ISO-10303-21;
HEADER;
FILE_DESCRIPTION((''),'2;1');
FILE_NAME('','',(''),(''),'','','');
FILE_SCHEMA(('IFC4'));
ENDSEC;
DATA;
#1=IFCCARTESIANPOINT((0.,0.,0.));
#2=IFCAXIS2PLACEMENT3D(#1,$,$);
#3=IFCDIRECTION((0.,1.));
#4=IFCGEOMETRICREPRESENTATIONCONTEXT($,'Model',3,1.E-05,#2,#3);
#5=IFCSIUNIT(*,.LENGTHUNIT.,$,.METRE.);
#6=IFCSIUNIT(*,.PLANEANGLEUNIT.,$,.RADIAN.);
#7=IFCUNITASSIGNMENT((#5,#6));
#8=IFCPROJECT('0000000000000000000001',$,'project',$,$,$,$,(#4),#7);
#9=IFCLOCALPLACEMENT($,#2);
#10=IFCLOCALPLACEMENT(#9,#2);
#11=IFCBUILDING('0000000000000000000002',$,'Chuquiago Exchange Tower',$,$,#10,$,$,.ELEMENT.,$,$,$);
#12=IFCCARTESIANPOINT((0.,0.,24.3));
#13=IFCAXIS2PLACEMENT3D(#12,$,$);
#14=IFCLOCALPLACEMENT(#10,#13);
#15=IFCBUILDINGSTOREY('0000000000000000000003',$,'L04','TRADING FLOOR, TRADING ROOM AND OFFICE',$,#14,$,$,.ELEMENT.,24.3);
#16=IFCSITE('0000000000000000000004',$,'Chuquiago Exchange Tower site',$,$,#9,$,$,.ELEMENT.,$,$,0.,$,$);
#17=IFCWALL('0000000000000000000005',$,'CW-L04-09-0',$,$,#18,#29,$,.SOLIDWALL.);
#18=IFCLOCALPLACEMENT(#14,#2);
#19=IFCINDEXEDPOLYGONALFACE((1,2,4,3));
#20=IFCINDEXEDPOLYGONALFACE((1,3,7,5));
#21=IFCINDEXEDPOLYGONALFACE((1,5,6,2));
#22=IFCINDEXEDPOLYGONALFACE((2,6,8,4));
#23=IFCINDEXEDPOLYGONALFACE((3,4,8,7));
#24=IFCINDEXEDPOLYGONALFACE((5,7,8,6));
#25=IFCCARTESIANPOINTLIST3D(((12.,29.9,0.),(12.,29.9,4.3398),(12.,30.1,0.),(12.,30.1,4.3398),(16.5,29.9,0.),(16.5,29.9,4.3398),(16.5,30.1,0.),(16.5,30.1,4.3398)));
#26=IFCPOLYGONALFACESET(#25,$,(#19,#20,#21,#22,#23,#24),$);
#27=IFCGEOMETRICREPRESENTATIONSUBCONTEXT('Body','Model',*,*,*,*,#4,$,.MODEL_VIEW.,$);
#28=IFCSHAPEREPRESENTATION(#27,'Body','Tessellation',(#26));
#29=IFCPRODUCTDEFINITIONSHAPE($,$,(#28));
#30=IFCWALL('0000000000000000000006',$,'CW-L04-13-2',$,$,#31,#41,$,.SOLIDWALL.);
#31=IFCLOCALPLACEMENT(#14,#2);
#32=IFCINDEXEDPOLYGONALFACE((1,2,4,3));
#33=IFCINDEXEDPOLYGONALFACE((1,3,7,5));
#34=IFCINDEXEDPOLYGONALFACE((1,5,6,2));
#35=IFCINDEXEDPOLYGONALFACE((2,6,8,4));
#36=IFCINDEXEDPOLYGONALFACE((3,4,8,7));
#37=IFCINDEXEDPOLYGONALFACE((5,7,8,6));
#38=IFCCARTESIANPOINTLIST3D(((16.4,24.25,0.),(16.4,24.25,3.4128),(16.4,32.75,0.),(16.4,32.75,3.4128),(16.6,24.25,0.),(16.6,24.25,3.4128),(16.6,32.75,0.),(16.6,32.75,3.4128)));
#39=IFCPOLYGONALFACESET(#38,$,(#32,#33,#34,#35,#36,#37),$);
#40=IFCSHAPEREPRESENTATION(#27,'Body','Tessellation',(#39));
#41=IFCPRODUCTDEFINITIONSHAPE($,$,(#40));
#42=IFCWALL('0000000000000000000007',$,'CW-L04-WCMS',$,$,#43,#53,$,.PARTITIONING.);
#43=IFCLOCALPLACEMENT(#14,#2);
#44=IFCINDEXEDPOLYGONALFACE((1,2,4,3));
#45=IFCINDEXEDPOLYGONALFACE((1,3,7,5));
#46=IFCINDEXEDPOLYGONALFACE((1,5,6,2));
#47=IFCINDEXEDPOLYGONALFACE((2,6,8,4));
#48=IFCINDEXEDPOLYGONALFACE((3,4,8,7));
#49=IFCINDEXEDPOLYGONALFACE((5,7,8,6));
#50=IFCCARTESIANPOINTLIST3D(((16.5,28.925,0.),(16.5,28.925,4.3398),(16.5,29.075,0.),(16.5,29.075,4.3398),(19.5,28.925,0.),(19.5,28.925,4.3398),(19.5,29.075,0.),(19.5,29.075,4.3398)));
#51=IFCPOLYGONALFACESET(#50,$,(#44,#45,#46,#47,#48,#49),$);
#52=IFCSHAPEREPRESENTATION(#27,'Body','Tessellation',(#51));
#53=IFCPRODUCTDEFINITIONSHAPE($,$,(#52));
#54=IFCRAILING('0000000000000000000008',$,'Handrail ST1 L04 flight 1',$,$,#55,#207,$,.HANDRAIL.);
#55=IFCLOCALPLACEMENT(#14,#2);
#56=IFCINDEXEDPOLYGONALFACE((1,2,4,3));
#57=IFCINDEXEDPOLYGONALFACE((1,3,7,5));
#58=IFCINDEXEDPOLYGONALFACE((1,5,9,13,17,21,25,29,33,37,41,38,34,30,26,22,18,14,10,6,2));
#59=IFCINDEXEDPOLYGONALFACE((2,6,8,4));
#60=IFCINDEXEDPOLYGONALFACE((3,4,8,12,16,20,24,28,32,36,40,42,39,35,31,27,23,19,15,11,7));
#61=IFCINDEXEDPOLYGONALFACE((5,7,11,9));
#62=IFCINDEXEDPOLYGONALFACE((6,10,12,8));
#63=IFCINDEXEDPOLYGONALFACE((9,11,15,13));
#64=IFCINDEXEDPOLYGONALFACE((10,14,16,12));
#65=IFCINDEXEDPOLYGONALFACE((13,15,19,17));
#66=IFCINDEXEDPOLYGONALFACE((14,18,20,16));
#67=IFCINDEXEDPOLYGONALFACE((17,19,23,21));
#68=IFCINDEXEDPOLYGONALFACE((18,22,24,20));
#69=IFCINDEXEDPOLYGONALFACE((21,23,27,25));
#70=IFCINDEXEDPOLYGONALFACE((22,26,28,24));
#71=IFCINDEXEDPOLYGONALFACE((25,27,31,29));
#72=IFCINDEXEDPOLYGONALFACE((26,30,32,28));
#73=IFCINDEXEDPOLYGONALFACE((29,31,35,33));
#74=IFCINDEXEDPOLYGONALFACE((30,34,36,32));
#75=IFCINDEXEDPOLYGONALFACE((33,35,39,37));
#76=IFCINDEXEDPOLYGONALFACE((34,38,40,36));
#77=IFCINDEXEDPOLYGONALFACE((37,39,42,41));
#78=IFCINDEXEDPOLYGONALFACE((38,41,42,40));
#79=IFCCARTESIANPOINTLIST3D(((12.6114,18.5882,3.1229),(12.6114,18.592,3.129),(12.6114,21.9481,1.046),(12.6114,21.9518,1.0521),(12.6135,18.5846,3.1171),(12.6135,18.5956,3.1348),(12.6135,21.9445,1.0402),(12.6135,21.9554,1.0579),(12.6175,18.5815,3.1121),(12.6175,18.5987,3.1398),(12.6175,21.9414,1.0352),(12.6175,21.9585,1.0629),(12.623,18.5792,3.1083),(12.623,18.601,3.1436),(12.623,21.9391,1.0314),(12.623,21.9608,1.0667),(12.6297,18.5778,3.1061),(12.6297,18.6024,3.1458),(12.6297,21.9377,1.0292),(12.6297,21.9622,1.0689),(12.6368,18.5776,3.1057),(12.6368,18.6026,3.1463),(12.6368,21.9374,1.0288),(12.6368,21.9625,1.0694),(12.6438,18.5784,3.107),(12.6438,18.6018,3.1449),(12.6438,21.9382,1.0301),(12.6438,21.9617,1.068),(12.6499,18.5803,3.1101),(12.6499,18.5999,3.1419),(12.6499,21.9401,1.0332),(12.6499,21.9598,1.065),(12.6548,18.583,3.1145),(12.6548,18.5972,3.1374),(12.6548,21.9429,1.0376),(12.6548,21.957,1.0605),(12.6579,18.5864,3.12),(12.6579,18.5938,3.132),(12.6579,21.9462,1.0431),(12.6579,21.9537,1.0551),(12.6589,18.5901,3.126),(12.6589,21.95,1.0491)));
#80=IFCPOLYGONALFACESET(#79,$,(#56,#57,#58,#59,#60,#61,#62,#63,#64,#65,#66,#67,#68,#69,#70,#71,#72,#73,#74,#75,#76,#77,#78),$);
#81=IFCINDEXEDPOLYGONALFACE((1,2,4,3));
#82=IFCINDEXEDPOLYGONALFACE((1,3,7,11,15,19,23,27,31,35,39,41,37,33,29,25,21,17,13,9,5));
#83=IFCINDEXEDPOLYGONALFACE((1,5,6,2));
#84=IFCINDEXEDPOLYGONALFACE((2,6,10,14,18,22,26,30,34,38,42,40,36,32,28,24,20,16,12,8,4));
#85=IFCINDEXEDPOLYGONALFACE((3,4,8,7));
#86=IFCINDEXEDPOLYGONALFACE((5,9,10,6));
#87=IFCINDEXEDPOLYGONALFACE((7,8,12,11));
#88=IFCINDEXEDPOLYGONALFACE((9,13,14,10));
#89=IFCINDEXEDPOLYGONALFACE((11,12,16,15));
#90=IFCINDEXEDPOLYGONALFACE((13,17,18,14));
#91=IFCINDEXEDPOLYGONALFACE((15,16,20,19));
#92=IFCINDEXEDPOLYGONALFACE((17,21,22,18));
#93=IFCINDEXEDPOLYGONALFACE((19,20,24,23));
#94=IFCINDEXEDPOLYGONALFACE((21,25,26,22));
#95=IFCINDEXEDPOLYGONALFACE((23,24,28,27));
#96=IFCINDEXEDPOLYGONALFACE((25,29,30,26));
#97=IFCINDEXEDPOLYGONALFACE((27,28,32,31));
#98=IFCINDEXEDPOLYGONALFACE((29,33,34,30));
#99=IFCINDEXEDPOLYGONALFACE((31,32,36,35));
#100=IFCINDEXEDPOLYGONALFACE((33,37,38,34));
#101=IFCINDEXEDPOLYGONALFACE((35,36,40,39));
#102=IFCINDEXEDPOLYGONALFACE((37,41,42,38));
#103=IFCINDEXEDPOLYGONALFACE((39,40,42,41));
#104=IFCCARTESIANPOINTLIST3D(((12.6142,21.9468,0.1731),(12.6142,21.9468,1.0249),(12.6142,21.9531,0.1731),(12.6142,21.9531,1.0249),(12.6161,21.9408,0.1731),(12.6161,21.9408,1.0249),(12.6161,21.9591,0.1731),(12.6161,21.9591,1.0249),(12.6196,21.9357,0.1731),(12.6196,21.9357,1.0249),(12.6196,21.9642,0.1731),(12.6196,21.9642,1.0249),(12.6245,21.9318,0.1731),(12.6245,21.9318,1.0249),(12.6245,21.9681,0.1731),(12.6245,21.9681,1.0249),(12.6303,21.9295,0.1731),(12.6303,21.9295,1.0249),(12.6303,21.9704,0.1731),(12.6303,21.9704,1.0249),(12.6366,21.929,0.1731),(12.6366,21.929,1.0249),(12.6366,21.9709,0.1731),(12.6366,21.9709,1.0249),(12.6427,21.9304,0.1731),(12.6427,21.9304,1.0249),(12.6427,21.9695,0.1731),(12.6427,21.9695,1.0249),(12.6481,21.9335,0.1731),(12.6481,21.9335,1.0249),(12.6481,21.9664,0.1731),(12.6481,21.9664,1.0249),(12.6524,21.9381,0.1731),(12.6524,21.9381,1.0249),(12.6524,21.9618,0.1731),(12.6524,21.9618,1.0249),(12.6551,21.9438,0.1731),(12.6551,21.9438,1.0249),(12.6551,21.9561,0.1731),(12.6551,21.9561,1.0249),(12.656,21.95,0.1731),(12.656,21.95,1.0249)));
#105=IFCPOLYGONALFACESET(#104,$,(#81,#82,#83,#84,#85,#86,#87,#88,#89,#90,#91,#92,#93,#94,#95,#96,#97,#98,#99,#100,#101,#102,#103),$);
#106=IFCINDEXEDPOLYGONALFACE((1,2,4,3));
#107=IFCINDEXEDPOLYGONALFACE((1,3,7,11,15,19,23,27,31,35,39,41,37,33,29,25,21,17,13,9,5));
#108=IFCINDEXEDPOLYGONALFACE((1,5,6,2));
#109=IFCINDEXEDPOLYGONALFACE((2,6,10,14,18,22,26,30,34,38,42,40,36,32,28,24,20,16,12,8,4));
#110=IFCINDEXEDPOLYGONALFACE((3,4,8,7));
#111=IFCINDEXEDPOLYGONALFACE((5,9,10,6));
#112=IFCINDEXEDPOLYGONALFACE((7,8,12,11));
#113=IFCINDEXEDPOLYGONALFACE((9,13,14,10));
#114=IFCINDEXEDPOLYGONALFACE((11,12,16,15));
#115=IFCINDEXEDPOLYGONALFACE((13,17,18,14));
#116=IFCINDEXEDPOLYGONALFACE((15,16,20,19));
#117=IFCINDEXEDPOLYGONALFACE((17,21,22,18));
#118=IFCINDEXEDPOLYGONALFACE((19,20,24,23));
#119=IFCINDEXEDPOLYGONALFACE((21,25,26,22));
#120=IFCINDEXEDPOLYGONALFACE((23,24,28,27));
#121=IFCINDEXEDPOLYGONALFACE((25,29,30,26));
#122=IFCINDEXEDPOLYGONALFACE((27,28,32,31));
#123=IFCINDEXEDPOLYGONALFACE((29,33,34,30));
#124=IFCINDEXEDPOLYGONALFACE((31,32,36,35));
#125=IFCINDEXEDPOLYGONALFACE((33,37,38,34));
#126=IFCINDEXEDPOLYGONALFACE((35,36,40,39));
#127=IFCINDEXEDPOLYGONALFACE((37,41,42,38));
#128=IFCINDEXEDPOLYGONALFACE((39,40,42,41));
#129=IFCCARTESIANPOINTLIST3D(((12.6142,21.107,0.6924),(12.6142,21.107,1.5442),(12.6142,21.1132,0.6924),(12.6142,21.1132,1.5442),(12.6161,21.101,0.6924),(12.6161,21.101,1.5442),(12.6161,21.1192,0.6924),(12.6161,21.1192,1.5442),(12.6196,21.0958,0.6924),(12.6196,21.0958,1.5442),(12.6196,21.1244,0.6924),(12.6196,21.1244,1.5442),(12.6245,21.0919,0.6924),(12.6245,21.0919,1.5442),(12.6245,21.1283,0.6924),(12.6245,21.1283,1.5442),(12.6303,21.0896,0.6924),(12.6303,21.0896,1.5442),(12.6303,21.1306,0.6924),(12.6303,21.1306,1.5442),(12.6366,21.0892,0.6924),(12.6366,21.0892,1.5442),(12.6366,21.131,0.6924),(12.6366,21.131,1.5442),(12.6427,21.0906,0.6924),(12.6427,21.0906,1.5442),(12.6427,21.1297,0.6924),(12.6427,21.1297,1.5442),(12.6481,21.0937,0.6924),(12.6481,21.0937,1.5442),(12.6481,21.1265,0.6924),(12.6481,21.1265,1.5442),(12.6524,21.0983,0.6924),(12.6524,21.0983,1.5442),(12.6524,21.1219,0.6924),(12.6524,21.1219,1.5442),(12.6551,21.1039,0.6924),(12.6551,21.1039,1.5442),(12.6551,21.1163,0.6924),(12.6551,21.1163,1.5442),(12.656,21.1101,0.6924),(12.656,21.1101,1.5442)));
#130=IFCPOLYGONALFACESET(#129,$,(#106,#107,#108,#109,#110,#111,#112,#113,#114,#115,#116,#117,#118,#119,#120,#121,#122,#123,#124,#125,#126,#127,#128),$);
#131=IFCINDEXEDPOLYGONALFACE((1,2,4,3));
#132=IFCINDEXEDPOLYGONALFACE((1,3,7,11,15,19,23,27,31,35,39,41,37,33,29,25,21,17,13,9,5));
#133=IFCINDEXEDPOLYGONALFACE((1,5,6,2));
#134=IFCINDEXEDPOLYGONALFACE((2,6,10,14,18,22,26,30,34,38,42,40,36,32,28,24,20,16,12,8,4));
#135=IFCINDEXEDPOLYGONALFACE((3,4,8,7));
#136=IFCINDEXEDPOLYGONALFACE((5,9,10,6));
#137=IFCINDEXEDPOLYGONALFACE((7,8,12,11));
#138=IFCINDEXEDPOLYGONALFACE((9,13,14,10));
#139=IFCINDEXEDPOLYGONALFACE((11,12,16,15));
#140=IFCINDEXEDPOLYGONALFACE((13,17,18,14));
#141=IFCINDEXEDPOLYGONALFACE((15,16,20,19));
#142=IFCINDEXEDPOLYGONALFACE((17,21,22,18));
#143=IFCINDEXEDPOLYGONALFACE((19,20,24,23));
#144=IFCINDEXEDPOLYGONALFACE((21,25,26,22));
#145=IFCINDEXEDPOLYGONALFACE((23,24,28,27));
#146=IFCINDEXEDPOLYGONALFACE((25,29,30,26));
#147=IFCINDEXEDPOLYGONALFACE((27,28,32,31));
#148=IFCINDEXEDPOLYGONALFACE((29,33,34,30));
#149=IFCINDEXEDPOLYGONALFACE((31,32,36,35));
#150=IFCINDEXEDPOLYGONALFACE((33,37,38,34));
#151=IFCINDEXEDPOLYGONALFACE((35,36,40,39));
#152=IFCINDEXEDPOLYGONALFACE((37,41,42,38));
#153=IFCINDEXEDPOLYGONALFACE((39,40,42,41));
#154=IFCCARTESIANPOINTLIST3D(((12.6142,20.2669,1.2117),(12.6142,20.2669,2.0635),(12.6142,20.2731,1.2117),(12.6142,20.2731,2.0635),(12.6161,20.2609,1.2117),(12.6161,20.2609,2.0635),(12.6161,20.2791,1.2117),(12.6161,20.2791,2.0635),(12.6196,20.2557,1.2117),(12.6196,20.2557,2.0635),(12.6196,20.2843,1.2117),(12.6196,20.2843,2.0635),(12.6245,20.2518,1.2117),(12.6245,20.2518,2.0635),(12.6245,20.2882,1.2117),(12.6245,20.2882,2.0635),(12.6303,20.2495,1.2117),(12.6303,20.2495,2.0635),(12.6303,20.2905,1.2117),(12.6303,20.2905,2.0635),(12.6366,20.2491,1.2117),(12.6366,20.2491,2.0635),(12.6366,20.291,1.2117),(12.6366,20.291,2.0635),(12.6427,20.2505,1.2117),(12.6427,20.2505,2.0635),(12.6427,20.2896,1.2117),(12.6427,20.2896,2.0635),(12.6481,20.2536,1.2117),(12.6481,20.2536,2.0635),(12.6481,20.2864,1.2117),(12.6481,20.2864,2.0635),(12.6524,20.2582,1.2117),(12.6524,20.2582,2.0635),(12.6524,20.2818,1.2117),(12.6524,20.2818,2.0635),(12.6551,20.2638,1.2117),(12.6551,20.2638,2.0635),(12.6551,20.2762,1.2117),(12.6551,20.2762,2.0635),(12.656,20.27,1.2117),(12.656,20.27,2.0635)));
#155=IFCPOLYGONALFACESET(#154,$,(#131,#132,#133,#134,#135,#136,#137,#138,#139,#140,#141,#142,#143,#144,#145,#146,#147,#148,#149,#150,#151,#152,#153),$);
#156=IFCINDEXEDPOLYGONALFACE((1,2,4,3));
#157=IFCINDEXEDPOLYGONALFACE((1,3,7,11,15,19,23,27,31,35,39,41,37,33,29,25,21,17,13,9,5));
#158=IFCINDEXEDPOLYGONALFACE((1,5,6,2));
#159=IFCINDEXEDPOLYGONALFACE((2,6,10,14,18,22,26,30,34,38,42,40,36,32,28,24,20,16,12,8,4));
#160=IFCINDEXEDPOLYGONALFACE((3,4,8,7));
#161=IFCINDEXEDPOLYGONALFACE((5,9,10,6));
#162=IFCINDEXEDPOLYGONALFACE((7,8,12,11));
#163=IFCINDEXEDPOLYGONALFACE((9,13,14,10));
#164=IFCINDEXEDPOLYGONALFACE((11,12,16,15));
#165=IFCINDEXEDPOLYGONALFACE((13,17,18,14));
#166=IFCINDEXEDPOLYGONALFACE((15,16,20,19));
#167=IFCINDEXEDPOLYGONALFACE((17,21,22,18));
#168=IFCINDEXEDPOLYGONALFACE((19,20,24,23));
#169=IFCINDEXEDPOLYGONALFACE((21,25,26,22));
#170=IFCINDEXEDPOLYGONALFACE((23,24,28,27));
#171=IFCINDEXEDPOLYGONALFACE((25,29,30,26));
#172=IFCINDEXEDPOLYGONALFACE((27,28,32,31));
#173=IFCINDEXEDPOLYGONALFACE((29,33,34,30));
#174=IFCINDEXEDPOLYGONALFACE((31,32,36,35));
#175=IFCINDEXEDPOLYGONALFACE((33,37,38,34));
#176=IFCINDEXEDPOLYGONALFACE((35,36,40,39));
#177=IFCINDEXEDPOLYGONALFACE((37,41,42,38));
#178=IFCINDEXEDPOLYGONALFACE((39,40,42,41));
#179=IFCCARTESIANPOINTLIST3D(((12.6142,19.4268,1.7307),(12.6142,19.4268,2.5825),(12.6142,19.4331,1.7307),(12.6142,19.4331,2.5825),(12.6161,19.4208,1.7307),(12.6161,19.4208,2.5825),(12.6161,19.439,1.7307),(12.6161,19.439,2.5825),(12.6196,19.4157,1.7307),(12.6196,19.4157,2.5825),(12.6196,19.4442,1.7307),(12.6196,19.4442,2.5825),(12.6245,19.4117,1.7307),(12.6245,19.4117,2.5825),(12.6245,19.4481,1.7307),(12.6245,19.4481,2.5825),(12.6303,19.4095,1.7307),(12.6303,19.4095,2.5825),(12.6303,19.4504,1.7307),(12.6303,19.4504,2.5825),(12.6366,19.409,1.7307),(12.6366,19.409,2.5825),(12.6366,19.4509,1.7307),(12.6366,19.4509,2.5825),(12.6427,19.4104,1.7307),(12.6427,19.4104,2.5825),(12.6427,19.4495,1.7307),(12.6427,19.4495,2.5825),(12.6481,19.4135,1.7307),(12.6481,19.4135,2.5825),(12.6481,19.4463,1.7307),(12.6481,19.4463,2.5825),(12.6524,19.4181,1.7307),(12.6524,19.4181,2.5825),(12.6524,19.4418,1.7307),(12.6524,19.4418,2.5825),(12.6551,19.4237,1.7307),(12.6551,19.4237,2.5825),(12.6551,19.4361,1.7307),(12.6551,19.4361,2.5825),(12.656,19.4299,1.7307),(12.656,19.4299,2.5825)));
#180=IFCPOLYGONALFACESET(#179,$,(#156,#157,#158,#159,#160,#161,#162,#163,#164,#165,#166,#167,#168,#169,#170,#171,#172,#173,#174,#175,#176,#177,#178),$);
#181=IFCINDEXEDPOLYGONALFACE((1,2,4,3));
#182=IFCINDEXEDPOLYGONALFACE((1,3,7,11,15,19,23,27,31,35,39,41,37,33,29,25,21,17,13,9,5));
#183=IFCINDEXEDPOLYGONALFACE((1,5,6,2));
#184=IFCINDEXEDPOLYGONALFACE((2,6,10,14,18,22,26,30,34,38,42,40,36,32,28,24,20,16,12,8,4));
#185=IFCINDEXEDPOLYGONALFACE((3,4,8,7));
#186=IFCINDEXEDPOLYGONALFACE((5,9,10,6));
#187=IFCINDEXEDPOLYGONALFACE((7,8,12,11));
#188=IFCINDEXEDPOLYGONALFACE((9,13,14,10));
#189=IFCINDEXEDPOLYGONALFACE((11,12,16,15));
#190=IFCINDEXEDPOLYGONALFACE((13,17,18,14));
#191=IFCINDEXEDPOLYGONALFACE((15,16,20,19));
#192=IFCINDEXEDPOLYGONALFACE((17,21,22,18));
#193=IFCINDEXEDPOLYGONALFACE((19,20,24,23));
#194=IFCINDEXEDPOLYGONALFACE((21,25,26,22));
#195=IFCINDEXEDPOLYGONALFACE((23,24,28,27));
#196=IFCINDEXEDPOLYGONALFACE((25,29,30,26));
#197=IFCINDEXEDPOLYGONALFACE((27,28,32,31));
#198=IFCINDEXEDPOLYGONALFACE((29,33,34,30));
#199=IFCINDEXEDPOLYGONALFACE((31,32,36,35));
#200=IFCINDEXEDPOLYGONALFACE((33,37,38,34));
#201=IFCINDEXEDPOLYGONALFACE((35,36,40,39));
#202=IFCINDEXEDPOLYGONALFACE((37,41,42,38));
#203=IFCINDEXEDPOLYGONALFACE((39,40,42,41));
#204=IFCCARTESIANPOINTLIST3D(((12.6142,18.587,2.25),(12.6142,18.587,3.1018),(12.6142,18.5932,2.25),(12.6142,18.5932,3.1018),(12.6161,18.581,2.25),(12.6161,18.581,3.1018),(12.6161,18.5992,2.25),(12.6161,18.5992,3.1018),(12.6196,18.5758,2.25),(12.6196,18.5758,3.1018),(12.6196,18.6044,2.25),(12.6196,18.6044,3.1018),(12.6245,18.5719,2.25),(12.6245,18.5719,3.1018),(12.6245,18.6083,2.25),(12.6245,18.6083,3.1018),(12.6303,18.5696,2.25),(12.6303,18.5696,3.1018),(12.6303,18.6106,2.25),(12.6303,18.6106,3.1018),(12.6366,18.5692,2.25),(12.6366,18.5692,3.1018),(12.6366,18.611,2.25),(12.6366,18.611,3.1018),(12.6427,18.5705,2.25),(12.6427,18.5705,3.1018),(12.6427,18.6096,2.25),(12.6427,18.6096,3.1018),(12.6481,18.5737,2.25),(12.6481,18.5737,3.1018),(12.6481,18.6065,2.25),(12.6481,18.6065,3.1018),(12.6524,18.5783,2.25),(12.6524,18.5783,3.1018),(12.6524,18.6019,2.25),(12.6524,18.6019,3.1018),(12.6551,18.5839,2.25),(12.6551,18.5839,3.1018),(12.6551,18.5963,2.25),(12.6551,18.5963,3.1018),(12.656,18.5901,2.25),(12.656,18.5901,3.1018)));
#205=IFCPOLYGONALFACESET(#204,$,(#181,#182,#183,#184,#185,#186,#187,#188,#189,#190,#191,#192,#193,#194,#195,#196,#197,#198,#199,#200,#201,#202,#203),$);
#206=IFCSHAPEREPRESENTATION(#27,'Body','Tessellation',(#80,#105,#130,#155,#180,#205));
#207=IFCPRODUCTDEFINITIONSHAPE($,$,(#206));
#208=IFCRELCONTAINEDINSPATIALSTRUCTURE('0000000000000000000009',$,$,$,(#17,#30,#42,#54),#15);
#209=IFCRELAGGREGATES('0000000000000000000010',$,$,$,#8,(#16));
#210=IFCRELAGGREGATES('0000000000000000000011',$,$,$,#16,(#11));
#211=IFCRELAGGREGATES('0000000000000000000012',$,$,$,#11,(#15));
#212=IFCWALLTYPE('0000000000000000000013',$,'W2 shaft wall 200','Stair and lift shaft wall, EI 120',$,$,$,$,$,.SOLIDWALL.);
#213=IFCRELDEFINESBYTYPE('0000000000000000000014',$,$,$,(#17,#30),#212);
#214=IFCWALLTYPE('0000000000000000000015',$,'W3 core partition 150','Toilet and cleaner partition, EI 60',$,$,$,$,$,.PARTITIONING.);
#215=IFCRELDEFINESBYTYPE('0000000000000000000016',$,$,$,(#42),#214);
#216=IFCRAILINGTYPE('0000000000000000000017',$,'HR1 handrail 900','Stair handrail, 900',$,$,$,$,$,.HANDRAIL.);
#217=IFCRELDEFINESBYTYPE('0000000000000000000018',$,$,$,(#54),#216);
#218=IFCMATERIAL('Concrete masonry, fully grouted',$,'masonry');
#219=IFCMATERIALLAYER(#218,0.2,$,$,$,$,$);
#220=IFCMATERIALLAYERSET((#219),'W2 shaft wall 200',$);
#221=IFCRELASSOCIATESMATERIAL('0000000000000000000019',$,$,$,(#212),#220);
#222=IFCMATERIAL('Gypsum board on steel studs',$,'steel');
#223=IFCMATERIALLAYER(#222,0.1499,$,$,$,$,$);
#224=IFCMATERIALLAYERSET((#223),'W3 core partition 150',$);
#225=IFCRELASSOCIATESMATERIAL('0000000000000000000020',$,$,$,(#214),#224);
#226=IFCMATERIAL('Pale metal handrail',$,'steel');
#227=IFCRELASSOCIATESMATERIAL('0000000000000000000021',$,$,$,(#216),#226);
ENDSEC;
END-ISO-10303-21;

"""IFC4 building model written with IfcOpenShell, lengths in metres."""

from ifc_helpers import new_model, si_unit, direction, frame, frame_2d, origin, origin_2d, place, context, subcontext, project, spatial, rectangle, circle, extrude, material, layer, layer_set, type_object, element, save


model = new_model("IFC4")

# Units and contexts
model_context = context("Model", 3, precision=1e-05, world=origin(), true_north=direction((0.0, 1.0)))
body_context = subcontext(model_context, "Body", "Model", "MODEL_VIEW")
ifc_project = project(units=[si_unit("LENGTHUNIT", "METRE"), si_unit("PLANEANGLEUNIT", "RADIAN")], contexts=[model_context])

# Site, building, storey
site_placement = place(None, origin())
site = spatial("IfcSite", under=ifc_project, at=site_placement, Name="Chuquiago Exchange Tower site", CompositionType="ELEMENT", RefElevation=0.0)
building_placement = place(site_placement, origin())
building = spatial("IfcBuilding", under=site, at=building_placement, Name="Chuquiago Exchange Tower", CompositionType="ELEMENT")
storey_placement = place(building_placement, frame((0.0, 0.0, 24.3)))
storey = spatial("IfcBuildingStorey", under=building, at=storey_placement, Name="L04", Description="TRADING FLOOR, TRADING ROOM AND OFFICE", CompositionType="ELEMENT", Elevation=24.3)

# Shared definitions
ifc_material_1 = material(Name="Concrete masonry, fully grouted", Category="masonry")
ifc_layer_1 = layer(ifc_material_1, 0.2)
ifc_layer_set_1 = layer_set([ifc_layer_1], Name="W2 shaft wall 200")
wall_type_1 = type_object("IfcWallType", Name="W2 shaft wall 200", Description="Stair and lift shaft wall, EI 120", PredefinedType="SOLIDWALL", material=ifc_layer_set_1)

# Walls
wall_1_placement = place(storey_placement, frame((12.0, 30.0, 0.0), z_axis=(0.0, 0.0, 1.0), x_axis=(1.0, 0.0, 0.0)))
element("IfcWall", 1, at=wall_1_placement, inside=storey, type_object=wall_type_1, Name="CW-L04-09-0", PredefinedType="SOLIDWALL", context=body_context, shape_type="SweptSolid", body=[
    extrude(rectangle(XDim=4.5, YDim=0.2, at=frame_2d((2.25, 0.0))), origin(), (0.0, 0.0, 1.0), 4.3398),
])
wall_2_placement = place(storey_placement, frame((16.5, 24.25, 0.0), z_axis=(0.0, 0.0, 1.0), x_axis=(0.0, 1.0, 0.0)))
element("IfcWall", 2, at=wall_2_placement, inside=storey, type_object=wall_type_1, Name="CW-L04-13-2", PredefinedType="SOLIDWALL", context=body_context, shape_type="SweptSolid", body=[
    extrude(rectangle(XDim=8.5, YDim=0.2, at=frame_2d((4.25, 0.0))), origin(), (0.0, 0.0, 1.0), 3.4128),
])
ifc_material_2 = material(Name="Gypsum board on steel studs", Category="steel")
ifc_layer_2 = layer(ifc_material_2, 0.1499)
ifc_layer_set_2 = layer_set([ifc_layer_2], Name="W3 core partition 150")
wall_type_2 = type_object("IfcWallType", Name="W3 core partition 150", Description="Toilet and cleaner partition, EI 60", PredefinedType="PARTITIONING", material=ifc_layer_set_2)
wall_3_placement = place(storey_placement, frame((16.5, 29.0, 0.0), z_axis=(0.0, 0.0, 1.0), x_axis=(1.0, 0.0, 0.0)))
element("IfcWall", 3, at=wall_3_placement, inside=storey, type_object=wall_type_2, Name="CW-L04-WCMS", PredefinedType="PARTITIONING", context=body_context, shape_type="SweptSolid", body=[
    extrude(rectangle(XDim=3.0, YDim=0.1499, at=frame_2d((1.5, 0.0))), origin(), (0.0, 0.0, 1.0), 4.3398),
])

# Railing
ifc_material_3 = material(Name="Pale metal handrail", Category="steel")
railing_type = type_object("IfcRailingType", Name="HR1 handrail 900", Description="Stair handrail, 900", PredefinedType="HANDRAIL", material=ifc_material_3)
for number, where, name in (
    (4, (12.635, 21.95, 0.1731), "Handrail ST1 L04 flight 1"),
):
    element("IfcRailing", number, at=place(storey_placement, frame(where)), inside=storey, type_object=railing_type, Name=name, PredefinedType="HANDRAIL", context=body_context, shape_type="SweptSolid", body=[
        extrude(circle(Radius=0.0239, at=origin_2d()), frame((0.0, 0.0, 0.876), z_axis=(0.0, -0.850606, 0.525803), x_axis=(1.0, 0.0, 0.0)), (0.0, 0.0, 1.0), 3.95),
        extrude(circle(Radius=0.021, at=origin_2d()), origin(), (0.0, 0.0, 1.0), 0.8518),
        extrude(circle(Radius=0.021, at=origin_2d()), frame((0.0, -0.8398, 0.5193)), (0.0, 0.0, 1.0), 0.8518),
        extrude(circle(Radius=0.021, at=origin_2d()), frame((0.0, -1.6799, 1.0386)), (0.0, 0.0, 1.0), 0.8518),
        extrude(circle(Radius=0.021, at=origin_2d()), frame((0.0, -2.52, 1.5576)), (0.0, 0.0, 1.0), 0.8518),
        extrude(circle(Radius=0.021, at=origin_2d()), frame((0.0, -3.3599, 2.0769)), (0.0, 0.0, 1.0), 0.8518),
    ])

save(model, "model.ifc")
